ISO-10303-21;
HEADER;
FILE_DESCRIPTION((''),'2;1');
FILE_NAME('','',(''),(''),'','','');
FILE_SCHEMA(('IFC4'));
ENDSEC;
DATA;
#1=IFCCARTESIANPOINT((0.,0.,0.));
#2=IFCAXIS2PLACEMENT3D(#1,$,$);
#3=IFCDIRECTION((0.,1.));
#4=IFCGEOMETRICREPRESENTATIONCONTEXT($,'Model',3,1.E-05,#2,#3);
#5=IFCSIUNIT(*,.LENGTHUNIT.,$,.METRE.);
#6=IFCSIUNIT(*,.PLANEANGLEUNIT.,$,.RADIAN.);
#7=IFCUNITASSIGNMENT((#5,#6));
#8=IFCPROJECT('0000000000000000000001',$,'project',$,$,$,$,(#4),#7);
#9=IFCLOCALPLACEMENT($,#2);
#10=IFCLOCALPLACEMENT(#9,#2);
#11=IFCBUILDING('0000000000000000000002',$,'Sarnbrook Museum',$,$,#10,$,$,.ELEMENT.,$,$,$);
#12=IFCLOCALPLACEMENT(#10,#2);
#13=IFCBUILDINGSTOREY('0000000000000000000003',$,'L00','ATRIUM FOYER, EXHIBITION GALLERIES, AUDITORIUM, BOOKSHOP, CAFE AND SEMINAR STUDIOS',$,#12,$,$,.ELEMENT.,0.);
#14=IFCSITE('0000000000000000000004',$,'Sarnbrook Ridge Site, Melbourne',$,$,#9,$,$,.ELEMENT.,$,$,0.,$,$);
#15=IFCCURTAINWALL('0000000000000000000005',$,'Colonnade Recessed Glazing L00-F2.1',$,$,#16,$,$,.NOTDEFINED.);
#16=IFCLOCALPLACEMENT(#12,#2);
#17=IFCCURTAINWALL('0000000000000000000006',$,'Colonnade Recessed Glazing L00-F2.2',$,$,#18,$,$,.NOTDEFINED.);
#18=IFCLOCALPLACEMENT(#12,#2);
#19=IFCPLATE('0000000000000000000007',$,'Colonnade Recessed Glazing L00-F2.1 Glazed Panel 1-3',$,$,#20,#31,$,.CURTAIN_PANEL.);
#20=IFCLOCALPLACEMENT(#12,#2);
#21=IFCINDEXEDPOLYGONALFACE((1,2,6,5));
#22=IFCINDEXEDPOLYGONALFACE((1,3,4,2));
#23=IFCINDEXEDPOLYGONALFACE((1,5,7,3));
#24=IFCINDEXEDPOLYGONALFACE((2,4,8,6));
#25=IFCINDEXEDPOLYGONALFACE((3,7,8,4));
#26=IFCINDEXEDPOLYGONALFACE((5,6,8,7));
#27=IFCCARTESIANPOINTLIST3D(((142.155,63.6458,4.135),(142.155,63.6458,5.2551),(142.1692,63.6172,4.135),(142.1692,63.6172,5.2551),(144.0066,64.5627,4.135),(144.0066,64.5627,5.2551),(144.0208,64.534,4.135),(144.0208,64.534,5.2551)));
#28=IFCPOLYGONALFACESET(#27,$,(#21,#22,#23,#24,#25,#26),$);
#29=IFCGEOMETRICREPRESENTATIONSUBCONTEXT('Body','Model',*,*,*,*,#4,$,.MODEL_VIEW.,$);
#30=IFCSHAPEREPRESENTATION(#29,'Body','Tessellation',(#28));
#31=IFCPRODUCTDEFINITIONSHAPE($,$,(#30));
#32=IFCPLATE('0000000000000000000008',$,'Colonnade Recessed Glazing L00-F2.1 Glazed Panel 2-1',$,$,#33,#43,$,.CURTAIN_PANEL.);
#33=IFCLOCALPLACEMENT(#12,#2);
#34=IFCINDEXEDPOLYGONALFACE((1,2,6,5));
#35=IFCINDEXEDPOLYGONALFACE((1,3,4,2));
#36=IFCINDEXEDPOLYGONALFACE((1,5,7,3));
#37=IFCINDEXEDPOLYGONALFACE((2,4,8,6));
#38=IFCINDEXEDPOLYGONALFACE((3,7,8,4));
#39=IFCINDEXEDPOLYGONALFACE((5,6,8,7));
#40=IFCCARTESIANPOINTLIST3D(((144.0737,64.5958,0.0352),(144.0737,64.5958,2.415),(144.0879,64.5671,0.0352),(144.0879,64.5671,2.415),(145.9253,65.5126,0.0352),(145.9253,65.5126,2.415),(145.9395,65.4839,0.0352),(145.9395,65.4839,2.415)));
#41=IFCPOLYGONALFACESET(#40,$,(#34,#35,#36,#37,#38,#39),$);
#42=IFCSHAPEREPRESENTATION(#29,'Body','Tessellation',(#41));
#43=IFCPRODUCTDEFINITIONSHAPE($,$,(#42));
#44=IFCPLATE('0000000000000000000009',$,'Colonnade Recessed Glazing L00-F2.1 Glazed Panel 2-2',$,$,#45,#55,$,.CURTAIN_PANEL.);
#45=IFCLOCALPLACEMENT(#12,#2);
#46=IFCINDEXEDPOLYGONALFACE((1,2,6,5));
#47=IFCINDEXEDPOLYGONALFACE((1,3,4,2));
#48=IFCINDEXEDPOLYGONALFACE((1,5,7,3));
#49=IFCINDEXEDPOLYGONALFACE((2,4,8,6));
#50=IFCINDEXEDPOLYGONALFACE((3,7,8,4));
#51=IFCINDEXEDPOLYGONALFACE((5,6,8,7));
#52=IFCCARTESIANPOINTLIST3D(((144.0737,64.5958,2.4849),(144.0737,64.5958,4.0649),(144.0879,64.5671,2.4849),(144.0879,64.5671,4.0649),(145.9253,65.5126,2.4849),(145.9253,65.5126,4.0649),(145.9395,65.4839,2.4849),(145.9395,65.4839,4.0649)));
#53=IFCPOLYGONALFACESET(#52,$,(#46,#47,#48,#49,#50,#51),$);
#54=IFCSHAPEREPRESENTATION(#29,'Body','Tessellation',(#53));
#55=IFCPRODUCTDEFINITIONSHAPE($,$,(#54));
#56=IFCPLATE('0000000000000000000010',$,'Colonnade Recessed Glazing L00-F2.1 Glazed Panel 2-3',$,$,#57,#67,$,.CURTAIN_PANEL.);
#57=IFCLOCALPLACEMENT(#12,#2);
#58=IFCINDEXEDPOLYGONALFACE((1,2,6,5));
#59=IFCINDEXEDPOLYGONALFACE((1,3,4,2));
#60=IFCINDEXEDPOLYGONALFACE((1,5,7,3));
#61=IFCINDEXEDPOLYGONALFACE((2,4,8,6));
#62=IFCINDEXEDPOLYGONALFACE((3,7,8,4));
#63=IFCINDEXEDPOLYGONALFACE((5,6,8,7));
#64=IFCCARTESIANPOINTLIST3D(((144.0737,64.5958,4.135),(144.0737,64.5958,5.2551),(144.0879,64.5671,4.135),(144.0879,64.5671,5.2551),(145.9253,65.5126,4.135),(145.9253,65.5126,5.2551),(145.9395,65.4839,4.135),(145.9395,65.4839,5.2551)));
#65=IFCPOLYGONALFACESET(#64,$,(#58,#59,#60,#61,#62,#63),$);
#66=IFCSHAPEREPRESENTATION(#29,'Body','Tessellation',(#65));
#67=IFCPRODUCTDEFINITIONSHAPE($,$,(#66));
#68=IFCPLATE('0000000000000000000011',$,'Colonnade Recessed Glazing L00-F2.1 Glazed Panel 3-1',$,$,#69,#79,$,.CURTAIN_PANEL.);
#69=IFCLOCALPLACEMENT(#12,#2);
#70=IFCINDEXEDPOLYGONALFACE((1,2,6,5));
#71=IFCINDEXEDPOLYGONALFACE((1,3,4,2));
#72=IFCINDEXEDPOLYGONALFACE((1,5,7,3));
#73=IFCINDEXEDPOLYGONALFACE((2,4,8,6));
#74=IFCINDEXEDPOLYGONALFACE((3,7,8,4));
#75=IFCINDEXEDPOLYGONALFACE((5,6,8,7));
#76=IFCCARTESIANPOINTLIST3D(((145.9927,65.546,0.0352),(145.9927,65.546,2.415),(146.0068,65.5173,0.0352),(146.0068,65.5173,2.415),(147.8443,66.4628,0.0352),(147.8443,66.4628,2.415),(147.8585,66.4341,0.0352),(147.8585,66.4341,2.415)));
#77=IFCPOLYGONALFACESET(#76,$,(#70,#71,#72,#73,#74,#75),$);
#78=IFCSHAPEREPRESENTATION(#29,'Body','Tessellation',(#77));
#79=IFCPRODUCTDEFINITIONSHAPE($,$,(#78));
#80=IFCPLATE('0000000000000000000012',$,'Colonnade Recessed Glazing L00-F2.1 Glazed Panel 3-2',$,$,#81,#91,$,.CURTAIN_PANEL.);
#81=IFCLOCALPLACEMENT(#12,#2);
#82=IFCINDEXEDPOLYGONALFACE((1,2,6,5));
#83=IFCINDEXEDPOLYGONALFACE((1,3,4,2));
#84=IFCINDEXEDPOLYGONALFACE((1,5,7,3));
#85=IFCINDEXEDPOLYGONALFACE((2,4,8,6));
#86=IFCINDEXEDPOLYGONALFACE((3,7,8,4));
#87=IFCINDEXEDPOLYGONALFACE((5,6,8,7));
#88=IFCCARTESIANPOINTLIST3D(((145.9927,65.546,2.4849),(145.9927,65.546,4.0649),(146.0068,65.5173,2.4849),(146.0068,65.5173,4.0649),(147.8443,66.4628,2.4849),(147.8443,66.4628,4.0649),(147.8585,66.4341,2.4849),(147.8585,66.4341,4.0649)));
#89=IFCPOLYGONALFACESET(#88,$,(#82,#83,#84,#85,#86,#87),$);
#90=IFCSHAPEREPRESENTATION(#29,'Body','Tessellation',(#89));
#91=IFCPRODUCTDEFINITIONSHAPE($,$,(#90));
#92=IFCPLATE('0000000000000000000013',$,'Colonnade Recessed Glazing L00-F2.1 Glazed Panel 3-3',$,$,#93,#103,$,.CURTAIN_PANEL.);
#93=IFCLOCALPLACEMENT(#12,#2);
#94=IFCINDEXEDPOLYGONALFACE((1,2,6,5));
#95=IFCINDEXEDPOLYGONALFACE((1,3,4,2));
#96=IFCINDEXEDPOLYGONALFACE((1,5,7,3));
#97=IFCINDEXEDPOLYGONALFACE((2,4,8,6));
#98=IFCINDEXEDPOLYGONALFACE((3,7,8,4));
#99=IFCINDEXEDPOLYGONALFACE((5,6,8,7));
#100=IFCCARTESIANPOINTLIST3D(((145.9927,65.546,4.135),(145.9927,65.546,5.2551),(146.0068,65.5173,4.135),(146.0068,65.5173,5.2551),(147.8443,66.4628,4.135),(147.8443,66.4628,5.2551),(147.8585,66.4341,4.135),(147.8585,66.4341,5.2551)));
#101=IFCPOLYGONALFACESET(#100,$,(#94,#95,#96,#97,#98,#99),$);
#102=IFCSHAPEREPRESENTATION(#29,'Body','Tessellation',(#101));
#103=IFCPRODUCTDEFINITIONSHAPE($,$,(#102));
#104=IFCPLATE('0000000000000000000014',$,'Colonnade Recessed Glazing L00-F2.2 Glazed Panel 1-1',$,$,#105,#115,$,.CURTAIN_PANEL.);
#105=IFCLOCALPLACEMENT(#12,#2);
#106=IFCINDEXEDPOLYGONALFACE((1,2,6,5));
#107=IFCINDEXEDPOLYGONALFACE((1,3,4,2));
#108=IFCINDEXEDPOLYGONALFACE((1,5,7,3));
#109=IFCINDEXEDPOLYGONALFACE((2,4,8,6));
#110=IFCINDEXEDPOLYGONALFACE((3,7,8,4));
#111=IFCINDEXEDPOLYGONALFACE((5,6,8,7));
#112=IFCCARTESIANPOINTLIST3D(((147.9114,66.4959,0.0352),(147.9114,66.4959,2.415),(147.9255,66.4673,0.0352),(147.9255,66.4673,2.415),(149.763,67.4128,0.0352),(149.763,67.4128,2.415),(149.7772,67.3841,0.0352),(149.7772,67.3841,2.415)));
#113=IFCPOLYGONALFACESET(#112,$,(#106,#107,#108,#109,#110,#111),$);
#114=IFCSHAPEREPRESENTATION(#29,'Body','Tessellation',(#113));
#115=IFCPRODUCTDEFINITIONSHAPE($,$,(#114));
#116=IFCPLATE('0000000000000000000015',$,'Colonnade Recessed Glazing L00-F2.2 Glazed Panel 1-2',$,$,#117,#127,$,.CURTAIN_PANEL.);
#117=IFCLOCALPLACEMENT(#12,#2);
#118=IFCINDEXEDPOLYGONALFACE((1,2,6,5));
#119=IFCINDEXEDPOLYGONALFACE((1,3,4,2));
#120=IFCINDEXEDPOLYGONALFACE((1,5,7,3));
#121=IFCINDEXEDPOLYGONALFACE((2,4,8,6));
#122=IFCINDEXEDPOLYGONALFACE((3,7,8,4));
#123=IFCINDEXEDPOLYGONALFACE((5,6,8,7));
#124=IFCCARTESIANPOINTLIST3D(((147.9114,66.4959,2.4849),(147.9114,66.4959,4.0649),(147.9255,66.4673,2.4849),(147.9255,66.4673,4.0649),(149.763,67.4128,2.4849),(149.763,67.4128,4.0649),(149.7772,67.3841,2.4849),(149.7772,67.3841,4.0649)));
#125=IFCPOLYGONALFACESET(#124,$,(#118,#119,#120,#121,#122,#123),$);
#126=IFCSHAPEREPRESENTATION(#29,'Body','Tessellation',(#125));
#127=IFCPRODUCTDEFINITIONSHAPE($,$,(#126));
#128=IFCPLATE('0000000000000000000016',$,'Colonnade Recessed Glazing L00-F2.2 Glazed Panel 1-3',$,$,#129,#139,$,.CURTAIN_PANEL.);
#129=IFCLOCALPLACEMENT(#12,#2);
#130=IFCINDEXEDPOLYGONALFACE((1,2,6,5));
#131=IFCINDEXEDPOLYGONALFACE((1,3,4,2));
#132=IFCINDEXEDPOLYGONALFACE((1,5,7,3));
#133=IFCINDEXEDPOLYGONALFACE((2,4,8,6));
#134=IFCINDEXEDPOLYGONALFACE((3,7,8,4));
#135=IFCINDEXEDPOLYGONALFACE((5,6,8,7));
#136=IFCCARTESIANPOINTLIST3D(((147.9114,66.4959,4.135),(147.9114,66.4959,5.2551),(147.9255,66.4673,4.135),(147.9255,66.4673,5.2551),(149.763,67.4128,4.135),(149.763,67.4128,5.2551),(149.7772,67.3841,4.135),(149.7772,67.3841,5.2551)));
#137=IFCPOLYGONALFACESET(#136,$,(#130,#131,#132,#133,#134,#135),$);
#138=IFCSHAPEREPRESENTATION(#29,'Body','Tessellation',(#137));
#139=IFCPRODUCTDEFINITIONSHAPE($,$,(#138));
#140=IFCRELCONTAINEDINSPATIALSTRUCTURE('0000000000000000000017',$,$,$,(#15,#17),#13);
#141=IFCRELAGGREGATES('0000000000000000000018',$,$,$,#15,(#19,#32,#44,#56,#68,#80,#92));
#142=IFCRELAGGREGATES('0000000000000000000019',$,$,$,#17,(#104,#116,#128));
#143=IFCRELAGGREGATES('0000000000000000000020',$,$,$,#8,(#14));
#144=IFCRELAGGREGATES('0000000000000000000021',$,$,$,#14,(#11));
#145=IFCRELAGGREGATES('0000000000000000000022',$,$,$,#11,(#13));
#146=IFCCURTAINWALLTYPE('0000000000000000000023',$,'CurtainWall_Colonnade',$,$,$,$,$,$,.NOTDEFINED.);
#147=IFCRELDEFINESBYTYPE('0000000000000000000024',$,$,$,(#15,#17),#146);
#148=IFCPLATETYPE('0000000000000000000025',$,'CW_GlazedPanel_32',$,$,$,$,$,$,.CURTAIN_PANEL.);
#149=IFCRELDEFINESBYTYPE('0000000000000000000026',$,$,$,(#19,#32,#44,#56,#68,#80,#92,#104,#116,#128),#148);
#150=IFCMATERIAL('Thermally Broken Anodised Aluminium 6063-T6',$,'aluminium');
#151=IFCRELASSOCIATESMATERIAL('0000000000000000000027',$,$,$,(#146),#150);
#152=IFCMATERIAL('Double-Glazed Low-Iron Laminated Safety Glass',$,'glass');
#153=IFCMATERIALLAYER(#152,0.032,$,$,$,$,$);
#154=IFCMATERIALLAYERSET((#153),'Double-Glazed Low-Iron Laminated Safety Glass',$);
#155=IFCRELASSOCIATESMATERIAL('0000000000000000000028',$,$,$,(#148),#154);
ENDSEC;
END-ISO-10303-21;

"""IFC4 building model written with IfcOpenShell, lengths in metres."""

from ifc_helpers import new_model, si_unit, direction, frame, origin, origin_2d, place, context, subcontext, project, spatial, rectangle, extrude, material, layer, layer_set, type_object, element, aggregate, save


model = new_model("IFC4")

# Units and contexts
model_context = context("Model", 3, precision=1e-05, world=origin(), true_north=direction((0.0, 1.0)))
body_context = subcontext(model_context, "Body", "Model", "MODEL_VIEW")
ifc_project = project(units=[si_unit("LENGTHUNIT", "METRE"), si_unit("PLANEANGLEUNIT", "RADIAN")], contexts=[model_context])

# Site, building, storey
site_placement = place(None, origin())
site = spatial("IfcSite", under=ifc_project, at=site_placement, Name="Sarnbrook Ridge Site, Melbourne", CompositionType="ELEMENT", RefElevation=0.0)
building_placement = place(site_placement, origin())
building = spatial("IfcBuilding", under=site, at=building_placement, Name="Sarnbrook Museum", CompositionType="ELEMENT")
storey_placement = place(building_placement, origin())
storey = spatial("IfcBuildingStorey", under=building, at=storey_placement, Name="L00", Description="ATRIUM FOYER, EXHIBITION GALLERIES, AUDITORIUM, BOOKSHOP, CAFE AND SEMINAR STUDIOS", CompositionType="ELEMENT", Elevation=0.0)

# Curtain walls
ifc_material_1 = material(Name="Thermally Broken Anodised Aluminium 6063-T6", Category="aluminium")
curtain_wall_type = type_object("IfcCurtainWallType", Name="CurtainWall_Colonnade", PredefinedType="NOTDEFINED", material=ifc_material_1)
curtain_wall_1_placement = place(storey_placement, origin())
curtain_wall_1 = element("IfcCurtainWall", 1, at=curtain_wall_1_placement, inside=storey, type_object=curtain_wall_type, Name="Colonnade Recessed Glazing L00-F2.1", PredefinedType="NOTDEFINED")
curtain_wall_2_placement = place(storey_placement, origin())
curtain_wall_2 = element("IfcCurtainWall", 2, at=curtain_wall_2_placement, inside=storey, type_object=curtain_wall_type, Name="Colonnade Recessed Glazing L00-F2.2", PredefinedType="NOTDEFINED")

# Plates
ifc_material_2 = material(Name="Double-Glazed Low-Iron Laminated Safety Glass", Category="glass")
ifc_layer = layer(ifc_material_2, 0.032)
ifc_layer_set = layer_set([ifc_layer], Name="Double-Glazed Low-Iron Laminated Safety Glass")
plate_type = type_object("IfcPlateType", Name="CW_GlazedPanel_32", PredefinedType="CURTAIN_PANEL", material=ifc_layer_set)
plate_1_placement = place(storey_placement, frame((143.0808, 64.1042, 4.6951), z_axis=(0.443729, -0.896161, 0.0), x_axis=(0.896161, 0.443729, 0.0)))
plate_1 = element("IfcPlate", 3, at=plate_1_placement, type_object=plate_type, Name="Colonnade Recessed Glazing L00-F2.1 Glazed Panel 1-3", PredefinedType="CURTAIN_PANEL", context=body_context, shape_type="SweptSolid", body=[
    extrude(rectangle(XDim=2.0662, YDim=1.1201, at=origin_2d()), origin(), (0.0, 0.0, 1.0), 0.032),
])
plate_2_placement = place(storey_placement, frame((144.9995, 65.0542, 1.2251), z_axis=(0.443729, -0.896161, 0.0), x_axis=(0.896161, 0.443729, 0.0)))
plate_2 = element("IfcPlate", 4, at=plate_2_placement, type_object=plate_type, Name="Colonnade Recessed Glazing L00-F2.1 Glazed Panel 2-1", PredefinedType="CURTAIN_PANEL", context=body_context, shape_type="SweptSolid", body=[
    extrude(rectangle(XDim=2.0662, YDim=2.3799, at=origin_2d()), origin(), (0.0, 0.0, 1.0), 0.032),
])
plate_3_placement = place(storey_placement, frame((144.9995, 65.0542, 3.2749), z_axis=(0.443729, -0.896161, 0.0), x_axis=(0.896161, 0.443729, 0.0)))
plate_3 = element("IfcPlate", 5, at=plate_3_placement, type_object=plate_type, Name="Colonnade Recessed Glazing L00-F2.1 Glazed Panel 2-2", PredefinedType="CURTAIN_PANEL", context=body_context, shape_type="SweptSolid", body=[
    extrude(rectangle(XDim=2.0662, YDim=1.5801, at=origin_2d()), origin(), (0.0, 0.0, 1.0), 0.032),
])
plate_4_placement = place(storey_placement, frame((144.9995, 65.0542, 4.6951), z_axis=(0.443729, -0.896161, 0.0), x_axis=(0.896161, 0.443729, 0.0)))
plate_4 = element("IfcPlate", 6, at=plate_4_placement, type_object=plate_type, Name="Colonnade Recessed Glazing L00-F2.1 Glazed Panel 2-3", PredefinedType="CURTAIN_PANEL", context=body_context, shape_type="SweptSolid", body=[
    extrude(rectangle(XDim=2.0662, YDim=1.1201, at=origin_2d()), origin(), (0.0, 0.0, 1.0), 0.032),
])
plate_5_placement = place(storey_placement, frame((146.9185, 66.0044, 1.2251), z_axis=(0.443729, -0.896161, 0.0), x_axis=(0.896161, 0.443729, 0.0)))
plate_5 = element("IfcPlate", 7, at=plate_5_placement, type_object=plate_type, Name="Colonnade Recessed Glazing L00-F2.1 Glazed Panel 3-1", PredefinedType="CURTAIN_PANEL", context=body_context, shape_type="SweptSolid", body=[
    extrude(rectangle(XDim=2.0662, YDim=2.3799, at=origin_2d()), origin(), (0.0, 0.0, 1.0), 0.032),
])
plate_6_placement = place(storey_placement, frame((146.9185, 66.0044, 3.2749), z_axis=(0.443729, -0.896161, 0.0), x_axis=(0.896161, 0.443729, 0.0)))
plate_6 = element("IfcPlate", 8, at=plate_6_placement, type_object=plate_type, Name="Colonnade Recessed Glazing L00-F2.1 Glazed Panel 3-2", PredefinedType="CURTAIN_PANEL", context=body_context, shape_type="SweptSolid", body=[
    extrude(rectangle(XDim=2.0662, YDim=1.5801, at=origin_2d()), origin(), (0.0, 0.0, 1.0), 0.032),
])
plate_7_placement = place(storey_placement, frame((146.9185, 66.0044, 4.6951), z_axis=(0.443729, -0.896161, 0.0), x_axis=(0.896161, 0.443729, 0.0)))
plate_7 = element("IfcPlate", 9, at=plate_7_placement, type_object=plate_type, Name="Colonnade Recessed Glazing L00-F2.1 Glazed Panel 3-3", PredefinedType="CURTAIN_PANEL", context=body_context, shape_type="SweptSolid", body=[
    extrude(rectangle(XDim=2.0662, YDim=1.1201, at=origin_2d()), origin(), (0.0, 0.0, 1.0), 0.032),
])
aggregate(curtain_wall_1, [plate_1, plate_2, plate_3, plate_4, plate_5, plate_6, plate_7])
plate_8_placement = place(storey_placement, frame((148.8372, 66.9543, 1.2251), z_axis=(0.443729, -0.896161, 0.0), x_axis=(0.896161, 0.443729, 0.0)))
plate_8 = element("IfcPlate", 10, at=plate_8_placement, type_object=plate_type, Name="Colonnade Recessed Glazing L00-F2.2 Glazed Panel 1-1", PredefinedType="CURTAIN_PANEL", context=body_context, shape_type="SweptSolid", body=[
    extrude(rectangle(XDim=2.0662, YDim=2.3799, at=origin_2d()), origin(), (0.0, 0.0, 1.0), 0.032),
])
plate_9_placement = place(storey_placement, frame((148.8372, 66.9543, 3.2749), z_axis=(0.443729, -0.896161, 0.0), x_axis=(0.896161, 0.443729, 0.0)))
plate_9 = element("IfcPlate", 11, at=plate_9_placement, type_object=plate_type, Name="Colonnade Recessed Glazing L00-F2.2 Glazed Panel 1-2", PredefinedType="CURTAIN_PANEL", context=body_context, shape_type="SweptSolid", body=[
    extrude(rectangle(XDim=2.0662, YDim=1.5801, at=origin_2d()), origin(), (0.0, 0.0, 1.0), 0.032),
])
plate_10_placement = place(storey_placement, frame((148.8372, 66.9543, 4.6951), z_axis=(0.443729, -0.896161, 0.0), x_axis=(0.896161, 0.443729, 0.0)))
plate_10 = element("IfcPlate", 12, at=plate_10_placement, type_object=plate_type, Name="Colonnade Recessed Glazing L00-F2.2 Glazed Panel 1-3", PredefinedType="CURTAIN_PANEL", context=body_context, shape_type="SweptSolid", body=[
    extrude(rectangle(XDim=2.0662, YDim=1.1201, at=origin_2d()), origin(), (0.0, 0.0, 1.0), 0.032),
])
aggregate(curtain_wall_2, [plate_8, plate_9, plate_10])

save(model, "model.ifc")
